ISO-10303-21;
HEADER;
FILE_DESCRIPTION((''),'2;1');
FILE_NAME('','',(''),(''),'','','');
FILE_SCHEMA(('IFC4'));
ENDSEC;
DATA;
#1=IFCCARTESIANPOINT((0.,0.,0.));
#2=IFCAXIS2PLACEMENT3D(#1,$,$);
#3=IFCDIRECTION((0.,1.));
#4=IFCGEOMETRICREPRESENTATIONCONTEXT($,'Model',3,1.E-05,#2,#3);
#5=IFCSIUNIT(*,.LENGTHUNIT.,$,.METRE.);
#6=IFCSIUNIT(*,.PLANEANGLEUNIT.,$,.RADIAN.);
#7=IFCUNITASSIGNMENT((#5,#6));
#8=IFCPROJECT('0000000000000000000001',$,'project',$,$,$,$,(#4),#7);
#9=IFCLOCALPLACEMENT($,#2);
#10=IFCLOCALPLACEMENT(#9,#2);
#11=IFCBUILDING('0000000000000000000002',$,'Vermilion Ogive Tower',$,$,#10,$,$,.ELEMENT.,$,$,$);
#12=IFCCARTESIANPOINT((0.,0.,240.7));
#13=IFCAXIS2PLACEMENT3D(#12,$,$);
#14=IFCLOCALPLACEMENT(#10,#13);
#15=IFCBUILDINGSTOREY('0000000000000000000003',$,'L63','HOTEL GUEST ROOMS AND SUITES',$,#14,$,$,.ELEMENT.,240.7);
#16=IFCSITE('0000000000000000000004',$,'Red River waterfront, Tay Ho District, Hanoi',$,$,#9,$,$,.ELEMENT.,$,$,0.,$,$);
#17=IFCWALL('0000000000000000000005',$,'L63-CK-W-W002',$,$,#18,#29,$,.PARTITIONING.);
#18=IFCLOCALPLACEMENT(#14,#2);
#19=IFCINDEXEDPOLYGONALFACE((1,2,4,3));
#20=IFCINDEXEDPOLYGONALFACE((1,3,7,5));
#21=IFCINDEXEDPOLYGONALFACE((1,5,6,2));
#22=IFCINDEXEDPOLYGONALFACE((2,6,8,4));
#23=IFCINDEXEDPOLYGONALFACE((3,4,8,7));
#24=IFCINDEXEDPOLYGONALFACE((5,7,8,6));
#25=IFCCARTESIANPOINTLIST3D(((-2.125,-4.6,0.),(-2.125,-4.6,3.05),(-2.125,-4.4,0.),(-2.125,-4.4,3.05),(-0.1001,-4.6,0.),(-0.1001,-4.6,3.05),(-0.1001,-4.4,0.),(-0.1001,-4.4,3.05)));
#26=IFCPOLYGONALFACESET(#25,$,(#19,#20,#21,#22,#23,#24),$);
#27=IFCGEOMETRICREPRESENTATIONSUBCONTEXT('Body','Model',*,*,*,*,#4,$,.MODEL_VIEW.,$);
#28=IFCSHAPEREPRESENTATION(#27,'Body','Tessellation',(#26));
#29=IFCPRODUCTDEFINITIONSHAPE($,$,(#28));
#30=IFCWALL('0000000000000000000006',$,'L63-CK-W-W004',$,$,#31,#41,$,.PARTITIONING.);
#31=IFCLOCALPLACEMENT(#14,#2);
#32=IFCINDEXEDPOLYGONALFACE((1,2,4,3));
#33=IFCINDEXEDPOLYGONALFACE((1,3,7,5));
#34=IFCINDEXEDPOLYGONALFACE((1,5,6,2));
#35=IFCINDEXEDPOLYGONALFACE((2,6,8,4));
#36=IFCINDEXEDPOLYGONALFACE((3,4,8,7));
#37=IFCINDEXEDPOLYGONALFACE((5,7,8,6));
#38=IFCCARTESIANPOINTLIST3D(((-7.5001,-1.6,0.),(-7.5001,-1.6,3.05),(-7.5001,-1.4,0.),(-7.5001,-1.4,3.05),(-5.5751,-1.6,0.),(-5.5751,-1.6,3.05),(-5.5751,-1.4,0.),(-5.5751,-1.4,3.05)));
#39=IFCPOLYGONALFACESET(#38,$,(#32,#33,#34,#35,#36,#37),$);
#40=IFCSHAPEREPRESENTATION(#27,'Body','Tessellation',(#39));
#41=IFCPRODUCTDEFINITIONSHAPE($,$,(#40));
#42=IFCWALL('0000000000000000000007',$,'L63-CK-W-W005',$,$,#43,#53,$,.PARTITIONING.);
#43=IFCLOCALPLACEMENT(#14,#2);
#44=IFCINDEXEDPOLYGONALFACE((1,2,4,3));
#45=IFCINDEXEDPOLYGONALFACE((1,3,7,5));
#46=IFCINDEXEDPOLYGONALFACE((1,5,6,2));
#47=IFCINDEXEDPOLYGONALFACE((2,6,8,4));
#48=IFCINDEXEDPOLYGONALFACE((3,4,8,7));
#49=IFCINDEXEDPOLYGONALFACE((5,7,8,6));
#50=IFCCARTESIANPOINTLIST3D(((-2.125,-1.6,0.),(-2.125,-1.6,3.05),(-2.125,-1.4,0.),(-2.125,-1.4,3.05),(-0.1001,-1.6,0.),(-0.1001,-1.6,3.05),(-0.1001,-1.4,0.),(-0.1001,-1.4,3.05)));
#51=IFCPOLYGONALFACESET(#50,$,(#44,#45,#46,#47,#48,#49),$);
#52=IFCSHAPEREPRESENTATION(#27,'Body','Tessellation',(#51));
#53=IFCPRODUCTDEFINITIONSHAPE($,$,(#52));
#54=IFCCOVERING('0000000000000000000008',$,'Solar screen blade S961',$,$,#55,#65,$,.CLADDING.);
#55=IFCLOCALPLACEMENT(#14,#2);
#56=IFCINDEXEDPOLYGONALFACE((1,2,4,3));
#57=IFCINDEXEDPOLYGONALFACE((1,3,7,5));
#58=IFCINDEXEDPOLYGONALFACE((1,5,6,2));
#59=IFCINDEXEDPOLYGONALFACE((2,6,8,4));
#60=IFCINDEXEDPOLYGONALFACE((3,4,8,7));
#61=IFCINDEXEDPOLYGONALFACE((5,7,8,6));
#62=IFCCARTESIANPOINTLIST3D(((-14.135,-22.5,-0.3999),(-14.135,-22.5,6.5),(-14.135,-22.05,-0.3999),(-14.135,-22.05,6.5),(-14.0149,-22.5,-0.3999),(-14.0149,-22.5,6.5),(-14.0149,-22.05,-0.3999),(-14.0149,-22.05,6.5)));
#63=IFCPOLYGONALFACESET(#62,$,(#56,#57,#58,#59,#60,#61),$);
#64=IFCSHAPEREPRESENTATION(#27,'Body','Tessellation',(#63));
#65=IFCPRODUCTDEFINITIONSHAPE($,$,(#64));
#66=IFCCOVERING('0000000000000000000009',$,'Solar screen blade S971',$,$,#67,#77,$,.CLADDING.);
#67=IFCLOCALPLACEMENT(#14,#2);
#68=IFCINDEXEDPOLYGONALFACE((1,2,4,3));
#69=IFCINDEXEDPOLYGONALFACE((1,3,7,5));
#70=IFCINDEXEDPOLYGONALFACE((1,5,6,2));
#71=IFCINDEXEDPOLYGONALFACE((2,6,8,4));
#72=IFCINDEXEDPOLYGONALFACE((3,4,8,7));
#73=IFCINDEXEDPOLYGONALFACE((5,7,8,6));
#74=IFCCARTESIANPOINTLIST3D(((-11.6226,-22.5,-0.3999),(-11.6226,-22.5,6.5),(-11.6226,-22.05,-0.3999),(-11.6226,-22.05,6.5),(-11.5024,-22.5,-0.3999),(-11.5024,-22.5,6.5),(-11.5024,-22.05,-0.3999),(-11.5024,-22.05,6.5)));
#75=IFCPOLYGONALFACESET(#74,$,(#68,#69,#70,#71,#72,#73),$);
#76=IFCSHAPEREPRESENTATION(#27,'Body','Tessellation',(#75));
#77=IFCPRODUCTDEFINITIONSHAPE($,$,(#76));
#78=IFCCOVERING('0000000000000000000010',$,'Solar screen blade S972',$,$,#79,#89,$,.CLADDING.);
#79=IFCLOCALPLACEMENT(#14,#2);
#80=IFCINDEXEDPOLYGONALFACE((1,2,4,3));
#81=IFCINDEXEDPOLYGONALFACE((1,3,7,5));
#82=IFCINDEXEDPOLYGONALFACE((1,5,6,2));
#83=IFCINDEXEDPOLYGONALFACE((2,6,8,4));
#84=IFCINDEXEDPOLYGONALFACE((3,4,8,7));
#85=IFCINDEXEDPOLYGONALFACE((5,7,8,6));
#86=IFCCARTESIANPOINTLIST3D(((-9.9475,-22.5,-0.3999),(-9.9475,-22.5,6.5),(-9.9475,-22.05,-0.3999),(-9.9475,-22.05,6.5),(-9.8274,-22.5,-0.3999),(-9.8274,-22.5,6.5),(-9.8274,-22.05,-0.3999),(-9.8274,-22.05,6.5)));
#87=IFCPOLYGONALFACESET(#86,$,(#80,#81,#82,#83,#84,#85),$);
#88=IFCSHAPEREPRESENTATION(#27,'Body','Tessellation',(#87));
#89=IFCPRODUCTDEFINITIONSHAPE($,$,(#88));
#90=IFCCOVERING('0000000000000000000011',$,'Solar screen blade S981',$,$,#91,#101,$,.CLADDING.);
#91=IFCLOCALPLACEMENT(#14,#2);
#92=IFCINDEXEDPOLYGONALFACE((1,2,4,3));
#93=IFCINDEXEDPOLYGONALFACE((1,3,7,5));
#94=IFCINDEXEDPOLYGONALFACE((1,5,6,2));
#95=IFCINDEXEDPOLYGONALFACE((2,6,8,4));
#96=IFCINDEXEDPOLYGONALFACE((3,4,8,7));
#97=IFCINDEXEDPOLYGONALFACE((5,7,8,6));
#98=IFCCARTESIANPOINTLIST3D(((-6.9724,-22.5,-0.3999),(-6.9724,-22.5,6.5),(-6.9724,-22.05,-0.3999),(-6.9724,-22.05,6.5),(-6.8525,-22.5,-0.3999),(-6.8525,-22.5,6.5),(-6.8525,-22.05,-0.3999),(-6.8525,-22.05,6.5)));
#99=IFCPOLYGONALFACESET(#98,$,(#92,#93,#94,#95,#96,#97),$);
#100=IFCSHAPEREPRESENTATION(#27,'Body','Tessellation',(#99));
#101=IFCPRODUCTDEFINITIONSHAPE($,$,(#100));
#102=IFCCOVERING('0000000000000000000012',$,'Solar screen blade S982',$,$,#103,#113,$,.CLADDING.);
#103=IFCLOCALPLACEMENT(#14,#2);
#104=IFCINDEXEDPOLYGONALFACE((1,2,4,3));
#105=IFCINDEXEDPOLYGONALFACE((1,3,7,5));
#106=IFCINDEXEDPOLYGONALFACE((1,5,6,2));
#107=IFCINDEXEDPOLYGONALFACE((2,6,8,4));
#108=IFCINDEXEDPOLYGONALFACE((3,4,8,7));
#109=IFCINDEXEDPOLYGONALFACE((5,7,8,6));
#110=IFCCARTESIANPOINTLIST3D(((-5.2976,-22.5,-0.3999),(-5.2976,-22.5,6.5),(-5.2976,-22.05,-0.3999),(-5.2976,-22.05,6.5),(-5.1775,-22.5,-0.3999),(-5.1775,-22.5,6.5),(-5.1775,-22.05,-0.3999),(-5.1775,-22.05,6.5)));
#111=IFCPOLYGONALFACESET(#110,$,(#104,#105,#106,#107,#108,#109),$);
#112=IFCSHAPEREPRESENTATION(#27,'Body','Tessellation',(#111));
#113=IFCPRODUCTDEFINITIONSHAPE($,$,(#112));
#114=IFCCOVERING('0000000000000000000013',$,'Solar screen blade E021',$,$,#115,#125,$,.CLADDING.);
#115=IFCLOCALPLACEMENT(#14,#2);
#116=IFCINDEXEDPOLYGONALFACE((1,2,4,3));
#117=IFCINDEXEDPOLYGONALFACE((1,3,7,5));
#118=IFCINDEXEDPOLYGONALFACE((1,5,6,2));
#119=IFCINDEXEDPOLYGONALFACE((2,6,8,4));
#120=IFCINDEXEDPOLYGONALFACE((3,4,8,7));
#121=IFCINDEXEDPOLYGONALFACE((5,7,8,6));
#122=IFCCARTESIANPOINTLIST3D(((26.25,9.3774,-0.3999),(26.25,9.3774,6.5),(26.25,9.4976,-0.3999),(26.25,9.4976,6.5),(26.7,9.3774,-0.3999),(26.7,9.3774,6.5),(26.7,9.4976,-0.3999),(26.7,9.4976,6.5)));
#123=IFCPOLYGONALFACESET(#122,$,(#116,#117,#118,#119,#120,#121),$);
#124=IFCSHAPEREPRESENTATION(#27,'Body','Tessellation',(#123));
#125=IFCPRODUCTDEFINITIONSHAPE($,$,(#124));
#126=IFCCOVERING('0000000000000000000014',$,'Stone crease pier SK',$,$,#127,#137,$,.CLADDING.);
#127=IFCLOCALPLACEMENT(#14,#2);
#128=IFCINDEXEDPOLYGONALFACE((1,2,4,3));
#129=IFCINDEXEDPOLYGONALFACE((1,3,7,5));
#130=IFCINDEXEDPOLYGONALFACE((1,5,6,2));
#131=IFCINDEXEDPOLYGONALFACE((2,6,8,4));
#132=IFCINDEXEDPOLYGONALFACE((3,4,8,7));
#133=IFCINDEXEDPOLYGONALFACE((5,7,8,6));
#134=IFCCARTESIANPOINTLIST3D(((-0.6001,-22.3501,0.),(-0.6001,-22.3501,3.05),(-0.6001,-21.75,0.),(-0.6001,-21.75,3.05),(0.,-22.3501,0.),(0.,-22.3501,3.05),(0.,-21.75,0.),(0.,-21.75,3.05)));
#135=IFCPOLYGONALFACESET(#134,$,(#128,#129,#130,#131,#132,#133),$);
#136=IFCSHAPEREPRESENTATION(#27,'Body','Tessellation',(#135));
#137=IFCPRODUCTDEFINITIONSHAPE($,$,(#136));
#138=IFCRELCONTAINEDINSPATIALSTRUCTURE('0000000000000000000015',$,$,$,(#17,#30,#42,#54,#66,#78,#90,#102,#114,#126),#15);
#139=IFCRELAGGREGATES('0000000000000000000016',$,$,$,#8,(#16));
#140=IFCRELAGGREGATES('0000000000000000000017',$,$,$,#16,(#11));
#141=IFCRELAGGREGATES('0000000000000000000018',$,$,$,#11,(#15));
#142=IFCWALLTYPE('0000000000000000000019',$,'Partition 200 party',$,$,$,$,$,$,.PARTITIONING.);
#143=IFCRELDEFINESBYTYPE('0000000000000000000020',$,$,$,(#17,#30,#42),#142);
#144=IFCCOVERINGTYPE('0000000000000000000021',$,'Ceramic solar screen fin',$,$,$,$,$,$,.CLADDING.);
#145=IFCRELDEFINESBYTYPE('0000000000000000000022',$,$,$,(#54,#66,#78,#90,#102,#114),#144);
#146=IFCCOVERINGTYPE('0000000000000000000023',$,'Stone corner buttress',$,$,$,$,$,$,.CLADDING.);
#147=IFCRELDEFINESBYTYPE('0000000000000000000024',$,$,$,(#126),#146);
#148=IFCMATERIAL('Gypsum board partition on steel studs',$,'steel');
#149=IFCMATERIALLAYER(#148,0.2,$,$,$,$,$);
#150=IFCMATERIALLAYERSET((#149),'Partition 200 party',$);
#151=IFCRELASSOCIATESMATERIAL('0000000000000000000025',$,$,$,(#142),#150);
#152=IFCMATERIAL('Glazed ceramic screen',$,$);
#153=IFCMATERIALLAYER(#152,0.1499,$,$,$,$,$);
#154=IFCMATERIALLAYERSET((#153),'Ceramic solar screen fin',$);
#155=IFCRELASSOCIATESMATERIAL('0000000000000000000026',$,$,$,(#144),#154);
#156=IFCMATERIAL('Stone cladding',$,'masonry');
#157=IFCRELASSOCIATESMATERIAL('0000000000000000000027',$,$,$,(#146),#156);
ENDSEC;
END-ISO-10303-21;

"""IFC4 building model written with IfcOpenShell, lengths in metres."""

from ifc_helpers import new_model, si_unit, direction, frame, frame_2d, origin, place, context, subcontext, project, spatial, polyline, rectangle, outline, extrude, material, layer, layer_set, type_object, element, save


model = new_model("IFC4")

# Units and contexts
model_context = context("Model", 3, precision=1e-05, world=origin(), true_north=direction((0.0, 1.0)))
body_context = subcontext(model_context, "Body", "Model", "MODEL_VIEW")
ifc_project = project(units=[si_unit("LENGTHUNIT", "METRE"), si_unit("PLANEANGLEUNIT", "RADIAN")], contexts=[model_context])

# Site, building, storey
site_placement = place(None, origin())
site = spatial("IfcSite", under=ifc_project, at=site_placement, Name="Red River waterfront, Tay Ho District, Hanoi", CompositionType="ELEMENT", RefElevation=0.0)
building_placement = place(site_placement, origin())
building = spatial("IfcBuilding", under=site, at=building_placement, Name="Vermilion Ogive Tower", CompositionType="ELEMENT")
storey_placement = place(building_placement, frame((0.0, 0.0, 240.7)))
storey = spatial("IfcBuildingStorey", under=building, at=storey_placement, Name="L63", Description="HOTEL GUEST ROOMS AND SUITES", CompositionType="ELEMENT", Elevation=240.7)

# Walls
ifc_material_1 = material(Name="Gypsum board partition on steel studs", Category="steel")
ifc_layer_1 = layer(ifc_material_1, 0.2)
ifc_layer_set_1 = layer_set([ifc_layer_1], Name="Partition 200 party")
wall_type = type_object("IfcWallType", Name="Partition 200 party", PredefinedType="PARTITIONING", material=ifc_layer_set_1)
wall_1_placement = place(storey_placement, frame((-2.125, -4.5, 0.0), z_axis=(0.0, 0.0, 1.0), x_axis=(1.0, 0.0, 0.0)))
element("IfcWall", 1, at=wall_1_placement, inside=storey, type_object=wall_type, Name="L63-CK-W-W002", PredefinedType="PARTITIONING", context=body_context, shape_type="SweptSolid", body=[
    extrude(rectangle(XDim=2.0249, YDim=0.2, at=frame_2d((1.0125, 0.0))), origin(), (0.0, 0.0, 1.0), 3.05),
])
wall_2_placement = place(storey_placement, frame((-7.5, -1.5, 0.0), z_axis=(0.0, 0.0, 1.0), x_axis=(1.0, 0.0, 0.0)))
element("IfcWall", 2, at=wall_2_placement, inside=storey, type_object=wall_type, Name="L63-CK-W-W004", PredefinedType="PARTITIONING", context=body_context, shape_type="SweptSolid", body=[
    extrude(rectangle(XDim=1.925, YDim=0.2, at=frame_2d((0.9624, 0.0))), origin(), (0.0, 0.0, 1.0), 3.05),
])
wall_3_placement = place(storey_placement, frame((-2.125, -1.5, 0.0), z_axis=(0.0, 0.0, 1.0), x_axis=(1.0, 0.0, 0.0)))
element("IfcWall", 3, at=wall_3_placement, inside=storey, type_object=wall_type, Name="L63-CK-W-W005", PredefinedType="PARTITIONING", context=body_context, shape_type="SweptSolid", body=[
    extrude(rectangle(XDim=2.0249, YDim=0.2, at=frame_2d((1.0125, 0.0))), origin(), (0.0, 0.0, 1.0), 3.05),
])

# Coverings
ifc_material_2 = material(Name="Glazed ceramic screen")
ifc_layer_2 = layer(ifc_material_2, 0.1499)
ifc_layer_set_2 = layer_set([ifc_layer_2], Name="Ceramic solar screen fin")
covering_type_1 = type_object("IfcCoveringType", Name="Ceramic solar screen fin", PredefinedType="CLADDING", material=ifc_layer_set_2)
covering_1_placement = place(storey_placement, frame((0.0, 0.0, -0.3999)))
element("IfcCovering", 4, at=covering_1_placement, inside=storey, type_object=covering_type_1, Name="Solar screen blade S961", PredefinedType="CLADDING", context=body_context, shape_type="SweptSolid", body=[
    extrude(outline(polyline([(-14.135, -22.5), (-14.0149, -22.5), (-14.0149, -22.05), (-14.135, -22.05), (-14.135, -22.5)])), origin(), (0.0, 0.0, 1.0), 6.8999),
])
covering_2_placement = place(storey_placement, frame((0.0, 0.0, -0.3999)))
element("IfcCovering", 5, at=covering_2_placement, inside=storey, type_object=covering_type_1, Name="Solar screen blade S971", PredefinedType="CLADDING", context=body_context, shape_type="SweptSolid", body=[
    extrude(outline(polyline([(-11.6226, -22.5), (-11.5024, -22.5), (-11.5024, -22.05), (-11.6226, -22.05), (-11.6226, -22.5)])), origin(), (0.0, 0.0, 1.0), 6.8999),
])
covering_3_placement = place(storey_placement, frame((0.0, 0.0, -0.3999)))
element("IfcCovering", 6, at=covering_3_placement, inside=storey, type_object=covering_type_1, Name="Solar screen blade S972", PredefinedType="CLADDING", context=body_context, shape_type="SweptSolid", body=[
    extrude(outline(polyline([(-9.9475, -22.5), (-9.8274, -22.5), (-9.8274, -22.05), (-9.9475, -22.05), (-9.9475, -22.5)])), origin(), (0.0, 0.0, 1.0), 6.8999),
])
covering_4_placement = place(storey_placement, frame((0.0, 0.0, -0.3999)))
element("IfcCovering", 7, at=covering_4_placement, inside=storey, type_object=covering_type_1, Name="Solar screen blade S981", PredefinedType="CLADDING", context=body_context, shape_type="SweptSolid", body=[
    extrude(outline(polyline([(-6.9724, -22.5), (-6.8525, -22.5), (-6.8525, -22.05), (-6.9724, -22.05), (-6.9724, -22.5)])), origin(), (0.0, 0.0, 1.0), 6.8999),
])
covering_5_placement = place(storey_placement, frame((0.0, 0.0, -0.3999)))
element("IfcCovering", 8, at=covering_5_placement, inside=storey, type_object=covering_type_1, Name="Solar screen blade S982", PredefinedType="CLADDING", context=body_context, shape_type="SweptSolid", body=[
    extrude(outline(polyline([(-5.2976, -22.5), (-5.1775, -22.5), (-5.1775, -22.05), (-5.2976, -22.05), (-5.2976, -22.5)])), origin(), (0.0, 0.0, 1.0), 6.8999),
])
covering_6_placement = place(storey_placement, frame((0.0, 0.0, -0.3999)))
element("IfcCovering", 9, at=covering_6_placement, inside=storey, type_object=covering_type_1, Name="Solar screen blade E021", PredefinedType="CLADDING", context=body_context, shape_type="SweptSolid", body=[
    extrude(outline(polyline([(26.7, 9.3774), (26.7, 9.4976), (26.25, 9.4976), (26.25, 9.3774), (26.7, 9.3774)])), origin(), (0.0, 0.0, 1.0), 6.8999),
])
ifc_material_3 = material(Name="Stone cladding", Category="masonry")
covering_type_2 = type_object("IfcCoveringType", Name="Stone corner buttress", PredefinedType="CLADDING", material=ifc_material_3)
covering_7_placement = place(storey_placement, origin())
element("IfcCovering", 10, at=covering_7_placement, inside=storey, type_object=covering_type_2, Name="Stone crease pier SK", PredefinedType="CLADDING", context=body_context, shape_type="SweptSolid", body=[
    extrude(outline(polyline([(-0.6001, -22.3501), (0.0, -22.3501), (0.0, -21.75), (-0.6001, -21.75), (-0.6001, -22.3501)])), origin(), (0.0, 0.0, 1.0), 3.05),
])

save(model, "model.ifc")
